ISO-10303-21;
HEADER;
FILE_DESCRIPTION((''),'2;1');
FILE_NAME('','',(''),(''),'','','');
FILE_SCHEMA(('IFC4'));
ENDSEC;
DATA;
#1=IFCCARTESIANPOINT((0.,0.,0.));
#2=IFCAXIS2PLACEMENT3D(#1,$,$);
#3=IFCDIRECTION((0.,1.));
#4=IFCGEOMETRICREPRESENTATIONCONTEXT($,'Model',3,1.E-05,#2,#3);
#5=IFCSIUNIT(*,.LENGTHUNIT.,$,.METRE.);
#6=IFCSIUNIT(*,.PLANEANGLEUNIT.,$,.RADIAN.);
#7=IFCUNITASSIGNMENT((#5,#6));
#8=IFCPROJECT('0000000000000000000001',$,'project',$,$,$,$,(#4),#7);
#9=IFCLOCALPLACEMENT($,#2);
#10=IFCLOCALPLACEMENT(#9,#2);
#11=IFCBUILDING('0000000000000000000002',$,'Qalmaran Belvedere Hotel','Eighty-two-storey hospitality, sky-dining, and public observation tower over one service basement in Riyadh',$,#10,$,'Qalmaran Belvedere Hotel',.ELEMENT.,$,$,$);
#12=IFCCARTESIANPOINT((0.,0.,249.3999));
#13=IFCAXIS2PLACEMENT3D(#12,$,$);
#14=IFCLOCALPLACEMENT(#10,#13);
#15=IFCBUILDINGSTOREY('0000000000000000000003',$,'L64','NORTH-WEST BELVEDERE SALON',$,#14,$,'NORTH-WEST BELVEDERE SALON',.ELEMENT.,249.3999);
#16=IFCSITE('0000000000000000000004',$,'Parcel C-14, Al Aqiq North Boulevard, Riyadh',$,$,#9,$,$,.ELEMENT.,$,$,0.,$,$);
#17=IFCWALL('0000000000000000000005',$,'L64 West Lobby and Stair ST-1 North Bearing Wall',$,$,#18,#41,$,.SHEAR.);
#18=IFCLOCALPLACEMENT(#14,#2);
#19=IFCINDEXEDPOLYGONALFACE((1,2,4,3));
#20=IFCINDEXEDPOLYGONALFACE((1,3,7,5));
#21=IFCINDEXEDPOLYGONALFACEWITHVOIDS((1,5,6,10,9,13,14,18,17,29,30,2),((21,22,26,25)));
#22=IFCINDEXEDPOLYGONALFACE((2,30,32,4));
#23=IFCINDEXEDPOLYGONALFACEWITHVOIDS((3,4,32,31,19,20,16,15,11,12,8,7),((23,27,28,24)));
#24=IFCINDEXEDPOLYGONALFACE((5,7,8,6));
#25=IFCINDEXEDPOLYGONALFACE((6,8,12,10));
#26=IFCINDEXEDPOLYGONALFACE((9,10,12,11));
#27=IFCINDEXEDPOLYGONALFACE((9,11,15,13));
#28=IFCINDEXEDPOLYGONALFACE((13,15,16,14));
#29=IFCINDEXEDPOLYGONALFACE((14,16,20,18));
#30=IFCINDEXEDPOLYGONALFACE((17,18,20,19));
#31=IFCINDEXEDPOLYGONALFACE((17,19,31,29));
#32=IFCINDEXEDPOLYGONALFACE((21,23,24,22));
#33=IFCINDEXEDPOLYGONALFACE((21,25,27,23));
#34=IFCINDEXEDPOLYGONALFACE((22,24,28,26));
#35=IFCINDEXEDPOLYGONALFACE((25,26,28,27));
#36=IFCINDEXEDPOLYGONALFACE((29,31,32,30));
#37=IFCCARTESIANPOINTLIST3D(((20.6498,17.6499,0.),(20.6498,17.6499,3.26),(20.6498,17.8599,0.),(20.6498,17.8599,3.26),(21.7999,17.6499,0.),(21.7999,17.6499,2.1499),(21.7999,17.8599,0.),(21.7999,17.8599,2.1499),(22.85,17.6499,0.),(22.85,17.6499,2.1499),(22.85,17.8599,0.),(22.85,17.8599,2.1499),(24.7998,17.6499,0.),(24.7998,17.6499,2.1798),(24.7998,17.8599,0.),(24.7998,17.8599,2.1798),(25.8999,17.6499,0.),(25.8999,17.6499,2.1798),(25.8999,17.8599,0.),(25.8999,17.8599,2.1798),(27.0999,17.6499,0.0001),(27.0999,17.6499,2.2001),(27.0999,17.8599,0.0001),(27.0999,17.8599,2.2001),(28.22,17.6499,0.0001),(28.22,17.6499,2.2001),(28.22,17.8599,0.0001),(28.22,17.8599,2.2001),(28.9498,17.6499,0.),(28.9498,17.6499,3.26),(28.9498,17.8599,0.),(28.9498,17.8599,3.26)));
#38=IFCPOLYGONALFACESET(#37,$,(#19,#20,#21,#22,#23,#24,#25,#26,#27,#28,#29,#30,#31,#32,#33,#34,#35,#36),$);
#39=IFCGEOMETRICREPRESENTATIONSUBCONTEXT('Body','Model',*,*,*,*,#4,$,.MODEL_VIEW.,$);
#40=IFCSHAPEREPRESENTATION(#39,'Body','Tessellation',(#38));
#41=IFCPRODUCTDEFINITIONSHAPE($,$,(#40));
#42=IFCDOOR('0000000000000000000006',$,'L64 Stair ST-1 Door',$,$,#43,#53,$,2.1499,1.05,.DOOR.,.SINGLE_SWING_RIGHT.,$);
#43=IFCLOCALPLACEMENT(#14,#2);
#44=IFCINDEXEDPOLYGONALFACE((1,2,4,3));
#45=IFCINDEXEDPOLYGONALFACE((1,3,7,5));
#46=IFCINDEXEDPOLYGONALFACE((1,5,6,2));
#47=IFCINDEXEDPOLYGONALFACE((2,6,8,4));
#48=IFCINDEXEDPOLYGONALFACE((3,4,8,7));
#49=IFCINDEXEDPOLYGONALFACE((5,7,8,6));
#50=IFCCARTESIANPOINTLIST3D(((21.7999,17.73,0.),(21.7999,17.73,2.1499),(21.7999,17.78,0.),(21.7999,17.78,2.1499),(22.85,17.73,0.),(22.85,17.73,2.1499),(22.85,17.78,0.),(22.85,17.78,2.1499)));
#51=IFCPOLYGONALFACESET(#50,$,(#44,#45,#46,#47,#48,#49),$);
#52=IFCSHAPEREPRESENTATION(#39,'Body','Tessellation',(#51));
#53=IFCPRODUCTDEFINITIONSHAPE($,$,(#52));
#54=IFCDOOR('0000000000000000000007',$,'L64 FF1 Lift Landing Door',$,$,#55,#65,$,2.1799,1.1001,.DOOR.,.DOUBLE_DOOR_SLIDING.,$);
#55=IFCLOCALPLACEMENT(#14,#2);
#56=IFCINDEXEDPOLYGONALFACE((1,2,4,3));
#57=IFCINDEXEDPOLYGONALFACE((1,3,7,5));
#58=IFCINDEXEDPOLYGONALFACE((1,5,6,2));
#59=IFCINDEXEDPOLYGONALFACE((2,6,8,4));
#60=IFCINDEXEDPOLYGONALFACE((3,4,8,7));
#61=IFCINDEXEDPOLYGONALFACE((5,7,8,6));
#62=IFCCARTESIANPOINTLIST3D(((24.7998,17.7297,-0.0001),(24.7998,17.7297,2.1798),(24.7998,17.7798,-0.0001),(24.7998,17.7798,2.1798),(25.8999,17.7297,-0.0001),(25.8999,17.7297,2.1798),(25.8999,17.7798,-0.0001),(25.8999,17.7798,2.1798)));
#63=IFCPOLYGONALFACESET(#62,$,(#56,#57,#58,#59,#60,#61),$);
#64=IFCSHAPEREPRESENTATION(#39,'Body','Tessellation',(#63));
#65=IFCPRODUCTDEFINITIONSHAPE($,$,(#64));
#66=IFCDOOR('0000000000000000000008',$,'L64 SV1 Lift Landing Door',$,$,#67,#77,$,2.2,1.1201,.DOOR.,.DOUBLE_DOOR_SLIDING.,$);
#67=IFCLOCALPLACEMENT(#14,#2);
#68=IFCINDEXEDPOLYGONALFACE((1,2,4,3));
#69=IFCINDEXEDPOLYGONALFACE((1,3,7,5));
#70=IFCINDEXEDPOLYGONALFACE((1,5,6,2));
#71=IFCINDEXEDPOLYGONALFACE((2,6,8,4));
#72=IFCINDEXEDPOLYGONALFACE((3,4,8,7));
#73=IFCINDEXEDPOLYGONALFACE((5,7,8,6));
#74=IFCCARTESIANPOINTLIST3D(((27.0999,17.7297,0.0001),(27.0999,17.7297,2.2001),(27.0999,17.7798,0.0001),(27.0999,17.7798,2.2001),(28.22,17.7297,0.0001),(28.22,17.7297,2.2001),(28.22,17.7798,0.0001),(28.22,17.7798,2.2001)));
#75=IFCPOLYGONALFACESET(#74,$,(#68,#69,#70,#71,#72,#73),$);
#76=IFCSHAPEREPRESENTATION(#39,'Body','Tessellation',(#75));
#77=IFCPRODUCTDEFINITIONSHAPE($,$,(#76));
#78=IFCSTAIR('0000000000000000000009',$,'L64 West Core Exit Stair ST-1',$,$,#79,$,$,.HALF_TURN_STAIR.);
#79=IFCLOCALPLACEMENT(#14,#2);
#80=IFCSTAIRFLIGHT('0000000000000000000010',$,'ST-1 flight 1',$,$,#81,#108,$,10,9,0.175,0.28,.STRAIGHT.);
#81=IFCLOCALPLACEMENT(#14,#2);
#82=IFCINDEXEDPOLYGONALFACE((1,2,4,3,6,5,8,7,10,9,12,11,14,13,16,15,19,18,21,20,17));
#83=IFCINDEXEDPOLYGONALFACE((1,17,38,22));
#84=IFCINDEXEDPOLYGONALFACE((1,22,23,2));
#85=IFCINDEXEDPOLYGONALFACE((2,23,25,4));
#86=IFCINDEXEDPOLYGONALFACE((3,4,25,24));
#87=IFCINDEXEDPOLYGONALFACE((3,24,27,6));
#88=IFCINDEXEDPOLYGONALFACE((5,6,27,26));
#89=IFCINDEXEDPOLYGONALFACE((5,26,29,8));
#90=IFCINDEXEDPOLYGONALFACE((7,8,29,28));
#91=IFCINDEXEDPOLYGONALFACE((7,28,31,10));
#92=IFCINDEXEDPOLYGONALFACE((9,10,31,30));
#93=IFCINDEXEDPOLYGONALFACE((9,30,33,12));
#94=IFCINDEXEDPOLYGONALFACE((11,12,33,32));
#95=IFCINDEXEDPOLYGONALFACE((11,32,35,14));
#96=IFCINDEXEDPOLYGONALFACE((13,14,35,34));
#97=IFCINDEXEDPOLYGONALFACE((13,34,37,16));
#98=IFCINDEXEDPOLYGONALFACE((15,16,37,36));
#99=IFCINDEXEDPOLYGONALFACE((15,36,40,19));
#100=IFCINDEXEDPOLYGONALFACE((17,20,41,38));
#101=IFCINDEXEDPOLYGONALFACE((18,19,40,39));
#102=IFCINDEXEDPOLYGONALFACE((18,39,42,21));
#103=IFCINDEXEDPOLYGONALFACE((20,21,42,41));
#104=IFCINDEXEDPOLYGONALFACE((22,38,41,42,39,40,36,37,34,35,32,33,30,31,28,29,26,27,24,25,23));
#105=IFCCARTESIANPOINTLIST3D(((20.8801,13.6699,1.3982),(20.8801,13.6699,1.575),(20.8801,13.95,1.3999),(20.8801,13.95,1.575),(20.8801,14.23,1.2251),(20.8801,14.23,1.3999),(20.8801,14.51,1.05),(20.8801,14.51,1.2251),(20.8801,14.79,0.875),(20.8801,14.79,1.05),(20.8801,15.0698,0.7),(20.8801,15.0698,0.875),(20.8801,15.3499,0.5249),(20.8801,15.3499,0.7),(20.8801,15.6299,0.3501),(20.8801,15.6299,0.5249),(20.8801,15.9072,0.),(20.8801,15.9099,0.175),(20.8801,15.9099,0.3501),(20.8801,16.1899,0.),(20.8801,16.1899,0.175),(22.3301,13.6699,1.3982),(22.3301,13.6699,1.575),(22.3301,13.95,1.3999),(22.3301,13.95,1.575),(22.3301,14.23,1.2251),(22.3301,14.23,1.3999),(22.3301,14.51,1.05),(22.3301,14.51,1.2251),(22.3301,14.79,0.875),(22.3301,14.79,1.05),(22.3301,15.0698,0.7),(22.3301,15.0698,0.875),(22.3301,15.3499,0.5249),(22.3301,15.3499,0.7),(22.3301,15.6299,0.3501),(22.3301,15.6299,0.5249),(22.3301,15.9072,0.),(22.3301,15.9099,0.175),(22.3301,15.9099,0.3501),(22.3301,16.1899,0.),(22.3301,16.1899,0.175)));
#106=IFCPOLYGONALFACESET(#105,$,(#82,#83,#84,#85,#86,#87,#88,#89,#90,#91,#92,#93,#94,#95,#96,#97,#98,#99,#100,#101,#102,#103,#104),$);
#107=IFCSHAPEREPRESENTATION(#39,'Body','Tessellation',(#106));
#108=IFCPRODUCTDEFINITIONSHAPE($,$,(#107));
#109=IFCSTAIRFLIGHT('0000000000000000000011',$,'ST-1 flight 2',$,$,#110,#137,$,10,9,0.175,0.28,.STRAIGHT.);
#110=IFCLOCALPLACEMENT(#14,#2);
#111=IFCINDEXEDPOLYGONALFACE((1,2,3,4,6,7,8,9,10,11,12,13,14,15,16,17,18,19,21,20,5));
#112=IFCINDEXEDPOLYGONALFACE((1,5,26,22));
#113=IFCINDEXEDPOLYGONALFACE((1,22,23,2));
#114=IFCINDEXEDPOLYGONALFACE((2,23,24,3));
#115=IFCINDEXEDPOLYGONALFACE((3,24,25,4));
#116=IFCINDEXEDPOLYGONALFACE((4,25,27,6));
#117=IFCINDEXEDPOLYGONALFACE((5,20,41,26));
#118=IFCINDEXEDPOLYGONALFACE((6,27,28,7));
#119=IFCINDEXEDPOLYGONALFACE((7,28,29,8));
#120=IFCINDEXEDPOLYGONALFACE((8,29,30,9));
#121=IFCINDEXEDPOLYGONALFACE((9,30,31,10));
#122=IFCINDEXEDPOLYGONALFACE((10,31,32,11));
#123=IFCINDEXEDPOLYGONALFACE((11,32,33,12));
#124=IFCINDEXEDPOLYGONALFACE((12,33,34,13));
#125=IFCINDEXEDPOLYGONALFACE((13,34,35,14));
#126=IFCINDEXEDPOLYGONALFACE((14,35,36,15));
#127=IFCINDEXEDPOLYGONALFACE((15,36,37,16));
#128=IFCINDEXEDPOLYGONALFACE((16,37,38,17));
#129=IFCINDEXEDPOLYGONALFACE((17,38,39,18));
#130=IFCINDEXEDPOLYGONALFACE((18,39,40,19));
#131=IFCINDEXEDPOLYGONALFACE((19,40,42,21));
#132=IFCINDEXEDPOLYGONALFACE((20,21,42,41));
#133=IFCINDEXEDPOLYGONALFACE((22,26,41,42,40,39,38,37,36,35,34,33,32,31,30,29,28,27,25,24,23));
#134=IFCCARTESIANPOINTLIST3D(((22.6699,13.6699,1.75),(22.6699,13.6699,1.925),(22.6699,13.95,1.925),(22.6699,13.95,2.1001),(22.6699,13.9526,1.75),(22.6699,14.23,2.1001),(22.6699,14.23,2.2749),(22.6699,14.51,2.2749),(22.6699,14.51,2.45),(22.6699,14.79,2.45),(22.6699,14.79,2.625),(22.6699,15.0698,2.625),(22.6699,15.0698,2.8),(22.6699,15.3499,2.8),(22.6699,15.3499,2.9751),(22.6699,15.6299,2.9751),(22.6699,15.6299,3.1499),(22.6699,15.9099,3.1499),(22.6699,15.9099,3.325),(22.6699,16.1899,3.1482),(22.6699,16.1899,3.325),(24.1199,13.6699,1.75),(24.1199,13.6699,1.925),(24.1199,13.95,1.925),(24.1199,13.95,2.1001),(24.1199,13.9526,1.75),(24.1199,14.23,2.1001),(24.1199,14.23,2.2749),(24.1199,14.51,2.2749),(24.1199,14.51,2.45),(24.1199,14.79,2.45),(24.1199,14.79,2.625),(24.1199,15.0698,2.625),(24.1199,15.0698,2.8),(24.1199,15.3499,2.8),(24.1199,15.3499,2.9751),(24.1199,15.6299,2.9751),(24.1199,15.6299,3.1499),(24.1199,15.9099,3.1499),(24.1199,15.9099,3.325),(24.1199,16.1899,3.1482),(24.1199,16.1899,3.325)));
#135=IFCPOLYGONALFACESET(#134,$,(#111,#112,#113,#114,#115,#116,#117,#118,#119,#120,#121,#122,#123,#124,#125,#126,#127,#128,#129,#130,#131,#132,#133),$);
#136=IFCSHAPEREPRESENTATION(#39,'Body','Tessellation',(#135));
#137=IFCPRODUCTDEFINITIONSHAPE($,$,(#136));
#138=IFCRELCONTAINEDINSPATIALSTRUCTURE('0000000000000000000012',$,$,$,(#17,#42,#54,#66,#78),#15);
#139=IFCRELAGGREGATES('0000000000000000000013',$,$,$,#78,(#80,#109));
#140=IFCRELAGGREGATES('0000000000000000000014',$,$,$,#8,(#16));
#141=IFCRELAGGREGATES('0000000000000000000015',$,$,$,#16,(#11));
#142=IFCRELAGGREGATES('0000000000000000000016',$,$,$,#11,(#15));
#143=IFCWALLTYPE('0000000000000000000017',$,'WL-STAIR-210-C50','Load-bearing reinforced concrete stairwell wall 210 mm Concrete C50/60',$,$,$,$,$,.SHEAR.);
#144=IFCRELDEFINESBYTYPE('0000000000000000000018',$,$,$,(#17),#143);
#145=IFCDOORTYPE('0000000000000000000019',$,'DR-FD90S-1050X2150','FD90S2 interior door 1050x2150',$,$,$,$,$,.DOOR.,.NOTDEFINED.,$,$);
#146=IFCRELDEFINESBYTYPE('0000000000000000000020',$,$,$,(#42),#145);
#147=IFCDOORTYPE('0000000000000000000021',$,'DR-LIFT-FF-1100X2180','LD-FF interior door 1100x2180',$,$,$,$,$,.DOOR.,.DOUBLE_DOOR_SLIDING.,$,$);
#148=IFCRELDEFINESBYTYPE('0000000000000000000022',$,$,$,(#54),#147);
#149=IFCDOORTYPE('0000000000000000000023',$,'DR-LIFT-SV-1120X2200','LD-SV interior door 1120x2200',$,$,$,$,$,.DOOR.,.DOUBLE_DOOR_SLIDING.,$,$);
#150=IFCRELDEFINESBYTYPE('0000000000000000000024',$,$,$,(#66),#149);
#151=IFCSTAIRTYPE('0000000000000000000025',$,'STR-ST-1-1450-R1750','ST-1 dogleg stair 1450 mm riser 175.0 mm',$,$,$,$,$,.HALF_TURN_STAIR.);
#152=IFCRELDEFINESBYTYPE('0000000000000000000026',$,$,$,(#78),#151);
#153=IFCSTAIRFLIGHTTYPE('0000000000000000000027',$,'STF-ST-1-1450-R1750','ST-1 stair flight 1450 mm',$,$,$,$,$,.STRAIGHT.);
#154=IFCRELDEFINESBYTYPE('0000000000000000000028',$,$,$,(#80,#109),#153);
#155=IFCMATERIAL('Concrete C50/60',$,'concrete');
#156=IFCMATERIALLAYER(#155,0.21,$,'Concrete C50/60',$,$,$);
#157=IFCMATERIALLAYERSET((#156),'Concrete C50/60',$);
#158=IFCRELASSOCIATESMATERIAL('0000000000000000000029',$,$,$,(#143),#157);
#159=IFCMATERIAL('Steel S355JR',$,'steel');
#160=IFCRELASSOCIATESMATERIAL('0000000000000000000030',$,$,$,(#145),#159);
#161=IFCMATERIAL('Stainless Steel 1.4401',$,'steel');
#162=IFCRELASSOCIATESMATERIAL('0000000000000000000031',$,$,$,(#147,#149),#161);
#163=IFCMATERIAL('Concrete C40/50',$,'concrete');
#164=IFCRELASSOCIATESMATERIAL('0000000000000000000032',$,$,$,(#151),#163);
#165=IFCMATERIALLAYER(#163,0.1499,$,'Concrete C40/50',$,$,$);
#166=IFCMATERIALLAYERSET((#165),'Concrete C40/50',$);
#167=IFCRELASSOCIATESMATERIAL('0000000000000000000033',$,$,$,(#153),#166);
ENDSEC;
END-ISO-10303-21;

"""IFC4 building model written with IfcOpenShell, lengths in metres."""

from ifc_helpers import new_model, si_unit, direction, frame, frame_2d, origin, place, context, subcontext, project, spatial, polyline, rectangle, outline, extrude, material, layer, layer_set, type_object, element, fill, aggregate, save


model = new_model("IFC4")

# Units and contexts
model_context = context("Model", 3, precision=1e-05, world=origin(), true_north=direction((0.0, 1.0)))
body_context = subcontext(model_context, "Body", "Model", "MODEL_VIEW")
ifc_project = project(units=[si_unit("LENGTHUNIT", "METRE"), si_unit("PLANEANGLEUNIT", "RADIAN")], contexts=[model_context])

# Site, building, storey
site_placement = place(None, origin())
site = spatial("IfcSite", under=ifc_project, at=site_placement, Name="Parcel C-14, Al Aqiq North Boulevard, Riyadh", CompositionType="ELEMENT", RefElevation=0.0)
building_placement = place(site_placement, origin())
building = spatial("IfcBuilding", under=site, at=building_placement, Name="Qalmaran Belvedere Hotel", Description="Eighty-two-storey hospitality, sky-dining, and public observation tower over one service basement in Riyadh", LongName="Qalmaran Belvedere Hotel", CompositionType="ELEMENT")
storey_placement = place(building_placement, frame((0.0, 0.0, 249.3999)))
storey = spatial("IfcBuildingStorey", under=building, at=storey_placement, Name="L64", Description="NORTH-WEST BELVEDERE SALON", LongName="NORTH-WEST BELVEDERE SALON", CompositionType="ELEMENT", Elevation=249.3999)

# Shared definitions
ifc_material_1 = material(Name="Steel S355JR", Category="steel")

# Shared definitions
ifc_material_2 = material(Name="Concrete C50/60", Category="concrete")
ifc_layer_1 = layer(ifc_material_2, 0.21, Name="Concrete C50/60")
ifc_layer_set_1 = layer_set([ifc_layer_1], Name="Concrete C50/60")
wall_type_1 = type_object("IfcWallType", Name="WL-STAIR-210-C50", Description="Load-bearing reinforced concrete stairwell wall 210 mm Concrete C50/60", PredefinedType="SHEAR", material=ifc_layer_set_1)

# Wall, openings, doors
wall_1_placement = place(storey_placement, frame((20.6499, 17.7549, 0.0), z_axis=(0.0, 0.0, 1.0), x_axis=(1.0, 0.0, 0.0)))
wall_1 = element("IfcWall", 1, at=wall_1_placement, inside=storey, type_object=wall_type_1, Name="L64 West Lobby and Stair ST-1 North Bearing Wall", PredefinedType="SHEAR", context=body_context, shape_type="SweptSolid", body=[
    extrude(rectangle(XDim=8.3, YDim=0.21, at=frame_2d((4.1499, 0.0))), origin(), (0.0, 0.0, 1.0), 3.26),
])
opening_1_placement = place(wall_1_placement, frame((2.2, 0.0, 0.0), z_axis=(0.0, 0.0, 1.0), x_axis=(-1.0, 0.0, 0.0)))
opening_1 = element("IfcOpeningElement", 2, at=opening_1_placement, cuts=wall_1, PredefinedType="OPENING", context=body_context, shape_type="SweptSolid", body=[
    extrude(rectangle(XDim=1.05, YDim=2.1499, at=frame_2d((0.5249, 1.075))), frame((0.0, 0.115, 0.0), z_axis=(0.0, -1.0, 0.0), x_axis=(1.0, 0.0, 0.0)), (0.0, 0.0, 1.0), 0.23),
])
opening_2_placement = place(wall_1_placement, frame((4.1499, 0.0, 0.0)))
opening_2 = element("IfcOpeningElement", 3, at=opening_2_placement, cuts=wall_1, PredefinedType="OPENING", context=body_context, shape_type="SweptSolid", body=[
    extrude(rectangle(XDim=1.1001, YDim=2.1799, at=frame_2d((0.55, 1.0898))), frame((0.0, 0.115, 0.0), z_axis=(0.0, -1.0, 0.0), x_axis=(1.0, 0.0, 0.0)), (0.0, 0.0, 1.0), 0.23),
])
opening_3_placement = place(wall_1_placement, frame((6.45, 0.0, 0.0)))
opening_3 = element("IfcOpeningElement", 4, at=opening_3_placement, cuts=wall_1, PredefinedType="OPENING", context=body_context, shape_type="SweptSolid", body=[
    extrude(rectangle(XDim=1.1201, YDim=2.2, at=frame_2d((0.5601, 1.1001))), frame((0.0, 0.115, 0.0), z_axis=(0.0, -1.0, 0.0), x_axis=(1.0, 0.0, 0.0)), (0.0, 0.0, 1.0), 0.23),
])
door_type_1 = type_object("IfcDoorType", Name="DR-FD90S-1050X2150", Description="FD90S2 interior door 1050x2150", OperationType="NOTDEFINED", PredefinedType="DOOR", material=ifc_material_1)
door_1_placement = place(opening_1_placement, origin())
door_1 = element("IfcDoor", 5, at=door_1_placement, inside=storey, type_object=door_type_1, Name="L64 Stair ST-1 Door", OperationType="SINGLE_SWING_RIGHT", OverallHeight=2.1499, OverallWidth=1.05, PredefinedType="DOOR", context=body_context, shape_type="SweptSolid", body=[
    extrude(rectangle(XDim=1.05, YDim=2.1499, at=frame_2d((0.5249, 1.075))), frame((0.0, 0.0249, 0.0), z_axis=(0.0, -1.0, 0.0), x_axis=(1.0, 0.0, 0.0)), (0.0, 0.0, 1.0), 0.05),
])
fill(opening_1, door_1)
ifc_material_3 = material(Name="Stainless Steel 1.4401", Category="steel")
door_type_2 = type_object("IfcDoorType", Name="DR-LIFT-FF-1100X2180", Description="LD-FF interior door 1100x2180", OperationType="DOUBLE_DOOR_SLIDING", PredefinedType="DOOR", material=ifc_material_3)
door_2_placement = place(opening_2_placement, origin())
door_2 = element("IfcDoor", 6, at=door_2_placement, inside=storey, type_object=door_type_2, Name="L64 FF1 Lift Landing Door", OperationType="DOUBLE_DOOR_SLIDING", OverallHeight=2.1799, OverallWidth=1.1001, PredefinedType="DOOR", context=body_context, shape_type="SweptSolid", body=[
    extrude(rectangle(XDim=1.1001, YDim=2.1799, at=frame_2d((0.55, 1.0898))), frame((0.0, 0.0249, 0.0), z_axis=(0.0, -1.0, 0.0), x_axis=(1.0, 0.0, 0.0)), (0.0, 0.0, 1.0), 0.05),
])
fill(opening_2, door_2)
door_type_3 = type_object("IfcDoorType", Name="DR-LIFT-SV-1120X2200", Description="LD-SV interior door 1120x2200", OperationType="DOUBLE_DOOR_SLIDING", PredefinedType="DOOR", material=ifc_material_3)
door_3_placement = place(opening_3_placement, origin())
door_3 = element("IfcDoor", 7, at=door_3_placement, inside=storey, type_object=door_type_3, Name="L64 SV1 Lift Landing Door", OperationType="DOUBLE_DOOR_SLIDING", OverallHeight=2.2, OverallWidth=1.1201, PredefinedType="DOOR", context=body_context, shape_type="SweptSolid", body=[
    extrude(rectangle(XDim=1.1201, YDim=2.2, at=frame_2d((0.5601, 1.1001))), frame((0.0, 0.0249, 0.0), z_axis=(0.0, -1.0, 0.0), x_axis=(1.0, 0.0, 0.0)), (0.0, 0.0, 1.0), 0.05),
])
fill(opening_3, door_3)

# Stair, stair flights
ifc_material_4 = material(Name="Concrete C40/50", Category="concrete")
stair_type = type_object("IfcStairType", Name="STR-ST-1-1450-R1750", Description="ST-1 dogleg stair 1450 mm riser 175.0 mm", PredefinedType="HALF_TURN_STAIR", material=ifc_material_4)
stair_placement = place(storey_placement, origin())
stair = element("IfcStair", 8, at=stair_placement, inside=storey, type_object=stair_type, Name="L64 West Core Exit Stair ST-1", PredefinedType="HALF_TURN_STAIR")
ifc_layer_2 = layer(ifc_material_4, 0.1499, Name="Concrete C40/50")
ifc_layer_set_2 = layer_set([ifc_layer_2], Name="Concrete C40/50")
stair_flight_type = type_object("IfcStairFlightType", Name="STF-ST-1-1450-R1750", Description="ST-1 stair flight 1450 mm", PredefinedType="STRAIGHT", material=ifc_layer_set_2)
stair_flight_1_placement = place(storey_placement, frame((21.605, 16.1899, 0.0), z_axis=(0.0, 0.0, 1.0), x_axis=(0.0, -1.0, 0.0)))
stair_flight_1 = element("IfcStairFlight", 9, at=stair_flight_1_placement, type_object=stair_flight_type, Name="ST-1 flight 1", NumberOfRisers=10, NumberOfTreads=9, PredefinedType="STRAIGHT", RiserHeight=0.175, TreadLength=0.28, context=body_context, shape_type="SweptSolid", body=[
    extrude(outline(polyline([(0.0, 0.0), (0.0, 0.175), (0.28, 0.175), (0.28, 0.3501), (0.5601, 0.3501), (0.5601, 0.5249), (0.8401, 0.5249), (0.8401, 0.7), (1.1201, 0.7), (1.1201, 0.875), (1.3999, 0.875), (1.3999, 1.05), (1.6799, 1.05), (1.6799, 1.2251), (1.96, 1.2251), (1.96, 1.3999), (2.24, 1.3999), (2.24, 1.575), (2.52, 1.575), (2.52, 1.75), (2.52, 1.3982), (0.2827, 0.0), (0.0, 0.0)])), frame((0.0, 0.7251, 0.0), z_axis=(0.0, -1.0, 0.0), x_axis=(1.0, 0.0, 0.0)), (0.0, 0.0, 1.0), 1.45),
])
stair_flight_2_placement = place(storey_placement, frame((23.395, 13.6699, 1.75), z_axis=(0.0, 0.0, 1.0), x_axis=(0.0, 1.0, 0.0)))
stair_flight_2 = element("IfcStairFlight", 10, at=stair_flight_2_placement, type_object=stair_flight_type, Name="ST-1 flight 2", NumberOfRisers=10, NumberOfTreads=9, PredefinedType="STRAIGHT", RiserHeight=0.175, TreadLength=0.28, context=body_context, shape_type="SweptSolid", body=[
    extrude(outline(polyline([(0.0, 0.0), (0.0, 0.175), (0.28, 0.175), (0.28, 0.3501), (0.5601, 0.3501), (0.5601, 0.5249), (0.8401, 0.5249), (0.8401, 0.7), (1.1201, 0.7), (1.1201, 0.875), (1.3999, 0.875), (1.3999, 1.05), (1.6799, 1.05), (1.6799, 1.2251), (1.96, 1.2251), (1.96, 1.3999), (2.24, 1.3999), (2.24, 1.575), (2.52, 1.575), (2.52, 1.75), (2.52, 1.3982), (0.2827, 0.0), (0.0, 0.0)])), frame((0.0, 0.7251, 0.0), z_axis=(0.0, -1.0, 0.0), x_axis=(1.0, 0.0, 0.0)), (0.0, 0.0, 1.0), 1.45),
])
aggregate(stair, [stair_flight_1, stair_flight_2])

save(model, "model.ifc")
